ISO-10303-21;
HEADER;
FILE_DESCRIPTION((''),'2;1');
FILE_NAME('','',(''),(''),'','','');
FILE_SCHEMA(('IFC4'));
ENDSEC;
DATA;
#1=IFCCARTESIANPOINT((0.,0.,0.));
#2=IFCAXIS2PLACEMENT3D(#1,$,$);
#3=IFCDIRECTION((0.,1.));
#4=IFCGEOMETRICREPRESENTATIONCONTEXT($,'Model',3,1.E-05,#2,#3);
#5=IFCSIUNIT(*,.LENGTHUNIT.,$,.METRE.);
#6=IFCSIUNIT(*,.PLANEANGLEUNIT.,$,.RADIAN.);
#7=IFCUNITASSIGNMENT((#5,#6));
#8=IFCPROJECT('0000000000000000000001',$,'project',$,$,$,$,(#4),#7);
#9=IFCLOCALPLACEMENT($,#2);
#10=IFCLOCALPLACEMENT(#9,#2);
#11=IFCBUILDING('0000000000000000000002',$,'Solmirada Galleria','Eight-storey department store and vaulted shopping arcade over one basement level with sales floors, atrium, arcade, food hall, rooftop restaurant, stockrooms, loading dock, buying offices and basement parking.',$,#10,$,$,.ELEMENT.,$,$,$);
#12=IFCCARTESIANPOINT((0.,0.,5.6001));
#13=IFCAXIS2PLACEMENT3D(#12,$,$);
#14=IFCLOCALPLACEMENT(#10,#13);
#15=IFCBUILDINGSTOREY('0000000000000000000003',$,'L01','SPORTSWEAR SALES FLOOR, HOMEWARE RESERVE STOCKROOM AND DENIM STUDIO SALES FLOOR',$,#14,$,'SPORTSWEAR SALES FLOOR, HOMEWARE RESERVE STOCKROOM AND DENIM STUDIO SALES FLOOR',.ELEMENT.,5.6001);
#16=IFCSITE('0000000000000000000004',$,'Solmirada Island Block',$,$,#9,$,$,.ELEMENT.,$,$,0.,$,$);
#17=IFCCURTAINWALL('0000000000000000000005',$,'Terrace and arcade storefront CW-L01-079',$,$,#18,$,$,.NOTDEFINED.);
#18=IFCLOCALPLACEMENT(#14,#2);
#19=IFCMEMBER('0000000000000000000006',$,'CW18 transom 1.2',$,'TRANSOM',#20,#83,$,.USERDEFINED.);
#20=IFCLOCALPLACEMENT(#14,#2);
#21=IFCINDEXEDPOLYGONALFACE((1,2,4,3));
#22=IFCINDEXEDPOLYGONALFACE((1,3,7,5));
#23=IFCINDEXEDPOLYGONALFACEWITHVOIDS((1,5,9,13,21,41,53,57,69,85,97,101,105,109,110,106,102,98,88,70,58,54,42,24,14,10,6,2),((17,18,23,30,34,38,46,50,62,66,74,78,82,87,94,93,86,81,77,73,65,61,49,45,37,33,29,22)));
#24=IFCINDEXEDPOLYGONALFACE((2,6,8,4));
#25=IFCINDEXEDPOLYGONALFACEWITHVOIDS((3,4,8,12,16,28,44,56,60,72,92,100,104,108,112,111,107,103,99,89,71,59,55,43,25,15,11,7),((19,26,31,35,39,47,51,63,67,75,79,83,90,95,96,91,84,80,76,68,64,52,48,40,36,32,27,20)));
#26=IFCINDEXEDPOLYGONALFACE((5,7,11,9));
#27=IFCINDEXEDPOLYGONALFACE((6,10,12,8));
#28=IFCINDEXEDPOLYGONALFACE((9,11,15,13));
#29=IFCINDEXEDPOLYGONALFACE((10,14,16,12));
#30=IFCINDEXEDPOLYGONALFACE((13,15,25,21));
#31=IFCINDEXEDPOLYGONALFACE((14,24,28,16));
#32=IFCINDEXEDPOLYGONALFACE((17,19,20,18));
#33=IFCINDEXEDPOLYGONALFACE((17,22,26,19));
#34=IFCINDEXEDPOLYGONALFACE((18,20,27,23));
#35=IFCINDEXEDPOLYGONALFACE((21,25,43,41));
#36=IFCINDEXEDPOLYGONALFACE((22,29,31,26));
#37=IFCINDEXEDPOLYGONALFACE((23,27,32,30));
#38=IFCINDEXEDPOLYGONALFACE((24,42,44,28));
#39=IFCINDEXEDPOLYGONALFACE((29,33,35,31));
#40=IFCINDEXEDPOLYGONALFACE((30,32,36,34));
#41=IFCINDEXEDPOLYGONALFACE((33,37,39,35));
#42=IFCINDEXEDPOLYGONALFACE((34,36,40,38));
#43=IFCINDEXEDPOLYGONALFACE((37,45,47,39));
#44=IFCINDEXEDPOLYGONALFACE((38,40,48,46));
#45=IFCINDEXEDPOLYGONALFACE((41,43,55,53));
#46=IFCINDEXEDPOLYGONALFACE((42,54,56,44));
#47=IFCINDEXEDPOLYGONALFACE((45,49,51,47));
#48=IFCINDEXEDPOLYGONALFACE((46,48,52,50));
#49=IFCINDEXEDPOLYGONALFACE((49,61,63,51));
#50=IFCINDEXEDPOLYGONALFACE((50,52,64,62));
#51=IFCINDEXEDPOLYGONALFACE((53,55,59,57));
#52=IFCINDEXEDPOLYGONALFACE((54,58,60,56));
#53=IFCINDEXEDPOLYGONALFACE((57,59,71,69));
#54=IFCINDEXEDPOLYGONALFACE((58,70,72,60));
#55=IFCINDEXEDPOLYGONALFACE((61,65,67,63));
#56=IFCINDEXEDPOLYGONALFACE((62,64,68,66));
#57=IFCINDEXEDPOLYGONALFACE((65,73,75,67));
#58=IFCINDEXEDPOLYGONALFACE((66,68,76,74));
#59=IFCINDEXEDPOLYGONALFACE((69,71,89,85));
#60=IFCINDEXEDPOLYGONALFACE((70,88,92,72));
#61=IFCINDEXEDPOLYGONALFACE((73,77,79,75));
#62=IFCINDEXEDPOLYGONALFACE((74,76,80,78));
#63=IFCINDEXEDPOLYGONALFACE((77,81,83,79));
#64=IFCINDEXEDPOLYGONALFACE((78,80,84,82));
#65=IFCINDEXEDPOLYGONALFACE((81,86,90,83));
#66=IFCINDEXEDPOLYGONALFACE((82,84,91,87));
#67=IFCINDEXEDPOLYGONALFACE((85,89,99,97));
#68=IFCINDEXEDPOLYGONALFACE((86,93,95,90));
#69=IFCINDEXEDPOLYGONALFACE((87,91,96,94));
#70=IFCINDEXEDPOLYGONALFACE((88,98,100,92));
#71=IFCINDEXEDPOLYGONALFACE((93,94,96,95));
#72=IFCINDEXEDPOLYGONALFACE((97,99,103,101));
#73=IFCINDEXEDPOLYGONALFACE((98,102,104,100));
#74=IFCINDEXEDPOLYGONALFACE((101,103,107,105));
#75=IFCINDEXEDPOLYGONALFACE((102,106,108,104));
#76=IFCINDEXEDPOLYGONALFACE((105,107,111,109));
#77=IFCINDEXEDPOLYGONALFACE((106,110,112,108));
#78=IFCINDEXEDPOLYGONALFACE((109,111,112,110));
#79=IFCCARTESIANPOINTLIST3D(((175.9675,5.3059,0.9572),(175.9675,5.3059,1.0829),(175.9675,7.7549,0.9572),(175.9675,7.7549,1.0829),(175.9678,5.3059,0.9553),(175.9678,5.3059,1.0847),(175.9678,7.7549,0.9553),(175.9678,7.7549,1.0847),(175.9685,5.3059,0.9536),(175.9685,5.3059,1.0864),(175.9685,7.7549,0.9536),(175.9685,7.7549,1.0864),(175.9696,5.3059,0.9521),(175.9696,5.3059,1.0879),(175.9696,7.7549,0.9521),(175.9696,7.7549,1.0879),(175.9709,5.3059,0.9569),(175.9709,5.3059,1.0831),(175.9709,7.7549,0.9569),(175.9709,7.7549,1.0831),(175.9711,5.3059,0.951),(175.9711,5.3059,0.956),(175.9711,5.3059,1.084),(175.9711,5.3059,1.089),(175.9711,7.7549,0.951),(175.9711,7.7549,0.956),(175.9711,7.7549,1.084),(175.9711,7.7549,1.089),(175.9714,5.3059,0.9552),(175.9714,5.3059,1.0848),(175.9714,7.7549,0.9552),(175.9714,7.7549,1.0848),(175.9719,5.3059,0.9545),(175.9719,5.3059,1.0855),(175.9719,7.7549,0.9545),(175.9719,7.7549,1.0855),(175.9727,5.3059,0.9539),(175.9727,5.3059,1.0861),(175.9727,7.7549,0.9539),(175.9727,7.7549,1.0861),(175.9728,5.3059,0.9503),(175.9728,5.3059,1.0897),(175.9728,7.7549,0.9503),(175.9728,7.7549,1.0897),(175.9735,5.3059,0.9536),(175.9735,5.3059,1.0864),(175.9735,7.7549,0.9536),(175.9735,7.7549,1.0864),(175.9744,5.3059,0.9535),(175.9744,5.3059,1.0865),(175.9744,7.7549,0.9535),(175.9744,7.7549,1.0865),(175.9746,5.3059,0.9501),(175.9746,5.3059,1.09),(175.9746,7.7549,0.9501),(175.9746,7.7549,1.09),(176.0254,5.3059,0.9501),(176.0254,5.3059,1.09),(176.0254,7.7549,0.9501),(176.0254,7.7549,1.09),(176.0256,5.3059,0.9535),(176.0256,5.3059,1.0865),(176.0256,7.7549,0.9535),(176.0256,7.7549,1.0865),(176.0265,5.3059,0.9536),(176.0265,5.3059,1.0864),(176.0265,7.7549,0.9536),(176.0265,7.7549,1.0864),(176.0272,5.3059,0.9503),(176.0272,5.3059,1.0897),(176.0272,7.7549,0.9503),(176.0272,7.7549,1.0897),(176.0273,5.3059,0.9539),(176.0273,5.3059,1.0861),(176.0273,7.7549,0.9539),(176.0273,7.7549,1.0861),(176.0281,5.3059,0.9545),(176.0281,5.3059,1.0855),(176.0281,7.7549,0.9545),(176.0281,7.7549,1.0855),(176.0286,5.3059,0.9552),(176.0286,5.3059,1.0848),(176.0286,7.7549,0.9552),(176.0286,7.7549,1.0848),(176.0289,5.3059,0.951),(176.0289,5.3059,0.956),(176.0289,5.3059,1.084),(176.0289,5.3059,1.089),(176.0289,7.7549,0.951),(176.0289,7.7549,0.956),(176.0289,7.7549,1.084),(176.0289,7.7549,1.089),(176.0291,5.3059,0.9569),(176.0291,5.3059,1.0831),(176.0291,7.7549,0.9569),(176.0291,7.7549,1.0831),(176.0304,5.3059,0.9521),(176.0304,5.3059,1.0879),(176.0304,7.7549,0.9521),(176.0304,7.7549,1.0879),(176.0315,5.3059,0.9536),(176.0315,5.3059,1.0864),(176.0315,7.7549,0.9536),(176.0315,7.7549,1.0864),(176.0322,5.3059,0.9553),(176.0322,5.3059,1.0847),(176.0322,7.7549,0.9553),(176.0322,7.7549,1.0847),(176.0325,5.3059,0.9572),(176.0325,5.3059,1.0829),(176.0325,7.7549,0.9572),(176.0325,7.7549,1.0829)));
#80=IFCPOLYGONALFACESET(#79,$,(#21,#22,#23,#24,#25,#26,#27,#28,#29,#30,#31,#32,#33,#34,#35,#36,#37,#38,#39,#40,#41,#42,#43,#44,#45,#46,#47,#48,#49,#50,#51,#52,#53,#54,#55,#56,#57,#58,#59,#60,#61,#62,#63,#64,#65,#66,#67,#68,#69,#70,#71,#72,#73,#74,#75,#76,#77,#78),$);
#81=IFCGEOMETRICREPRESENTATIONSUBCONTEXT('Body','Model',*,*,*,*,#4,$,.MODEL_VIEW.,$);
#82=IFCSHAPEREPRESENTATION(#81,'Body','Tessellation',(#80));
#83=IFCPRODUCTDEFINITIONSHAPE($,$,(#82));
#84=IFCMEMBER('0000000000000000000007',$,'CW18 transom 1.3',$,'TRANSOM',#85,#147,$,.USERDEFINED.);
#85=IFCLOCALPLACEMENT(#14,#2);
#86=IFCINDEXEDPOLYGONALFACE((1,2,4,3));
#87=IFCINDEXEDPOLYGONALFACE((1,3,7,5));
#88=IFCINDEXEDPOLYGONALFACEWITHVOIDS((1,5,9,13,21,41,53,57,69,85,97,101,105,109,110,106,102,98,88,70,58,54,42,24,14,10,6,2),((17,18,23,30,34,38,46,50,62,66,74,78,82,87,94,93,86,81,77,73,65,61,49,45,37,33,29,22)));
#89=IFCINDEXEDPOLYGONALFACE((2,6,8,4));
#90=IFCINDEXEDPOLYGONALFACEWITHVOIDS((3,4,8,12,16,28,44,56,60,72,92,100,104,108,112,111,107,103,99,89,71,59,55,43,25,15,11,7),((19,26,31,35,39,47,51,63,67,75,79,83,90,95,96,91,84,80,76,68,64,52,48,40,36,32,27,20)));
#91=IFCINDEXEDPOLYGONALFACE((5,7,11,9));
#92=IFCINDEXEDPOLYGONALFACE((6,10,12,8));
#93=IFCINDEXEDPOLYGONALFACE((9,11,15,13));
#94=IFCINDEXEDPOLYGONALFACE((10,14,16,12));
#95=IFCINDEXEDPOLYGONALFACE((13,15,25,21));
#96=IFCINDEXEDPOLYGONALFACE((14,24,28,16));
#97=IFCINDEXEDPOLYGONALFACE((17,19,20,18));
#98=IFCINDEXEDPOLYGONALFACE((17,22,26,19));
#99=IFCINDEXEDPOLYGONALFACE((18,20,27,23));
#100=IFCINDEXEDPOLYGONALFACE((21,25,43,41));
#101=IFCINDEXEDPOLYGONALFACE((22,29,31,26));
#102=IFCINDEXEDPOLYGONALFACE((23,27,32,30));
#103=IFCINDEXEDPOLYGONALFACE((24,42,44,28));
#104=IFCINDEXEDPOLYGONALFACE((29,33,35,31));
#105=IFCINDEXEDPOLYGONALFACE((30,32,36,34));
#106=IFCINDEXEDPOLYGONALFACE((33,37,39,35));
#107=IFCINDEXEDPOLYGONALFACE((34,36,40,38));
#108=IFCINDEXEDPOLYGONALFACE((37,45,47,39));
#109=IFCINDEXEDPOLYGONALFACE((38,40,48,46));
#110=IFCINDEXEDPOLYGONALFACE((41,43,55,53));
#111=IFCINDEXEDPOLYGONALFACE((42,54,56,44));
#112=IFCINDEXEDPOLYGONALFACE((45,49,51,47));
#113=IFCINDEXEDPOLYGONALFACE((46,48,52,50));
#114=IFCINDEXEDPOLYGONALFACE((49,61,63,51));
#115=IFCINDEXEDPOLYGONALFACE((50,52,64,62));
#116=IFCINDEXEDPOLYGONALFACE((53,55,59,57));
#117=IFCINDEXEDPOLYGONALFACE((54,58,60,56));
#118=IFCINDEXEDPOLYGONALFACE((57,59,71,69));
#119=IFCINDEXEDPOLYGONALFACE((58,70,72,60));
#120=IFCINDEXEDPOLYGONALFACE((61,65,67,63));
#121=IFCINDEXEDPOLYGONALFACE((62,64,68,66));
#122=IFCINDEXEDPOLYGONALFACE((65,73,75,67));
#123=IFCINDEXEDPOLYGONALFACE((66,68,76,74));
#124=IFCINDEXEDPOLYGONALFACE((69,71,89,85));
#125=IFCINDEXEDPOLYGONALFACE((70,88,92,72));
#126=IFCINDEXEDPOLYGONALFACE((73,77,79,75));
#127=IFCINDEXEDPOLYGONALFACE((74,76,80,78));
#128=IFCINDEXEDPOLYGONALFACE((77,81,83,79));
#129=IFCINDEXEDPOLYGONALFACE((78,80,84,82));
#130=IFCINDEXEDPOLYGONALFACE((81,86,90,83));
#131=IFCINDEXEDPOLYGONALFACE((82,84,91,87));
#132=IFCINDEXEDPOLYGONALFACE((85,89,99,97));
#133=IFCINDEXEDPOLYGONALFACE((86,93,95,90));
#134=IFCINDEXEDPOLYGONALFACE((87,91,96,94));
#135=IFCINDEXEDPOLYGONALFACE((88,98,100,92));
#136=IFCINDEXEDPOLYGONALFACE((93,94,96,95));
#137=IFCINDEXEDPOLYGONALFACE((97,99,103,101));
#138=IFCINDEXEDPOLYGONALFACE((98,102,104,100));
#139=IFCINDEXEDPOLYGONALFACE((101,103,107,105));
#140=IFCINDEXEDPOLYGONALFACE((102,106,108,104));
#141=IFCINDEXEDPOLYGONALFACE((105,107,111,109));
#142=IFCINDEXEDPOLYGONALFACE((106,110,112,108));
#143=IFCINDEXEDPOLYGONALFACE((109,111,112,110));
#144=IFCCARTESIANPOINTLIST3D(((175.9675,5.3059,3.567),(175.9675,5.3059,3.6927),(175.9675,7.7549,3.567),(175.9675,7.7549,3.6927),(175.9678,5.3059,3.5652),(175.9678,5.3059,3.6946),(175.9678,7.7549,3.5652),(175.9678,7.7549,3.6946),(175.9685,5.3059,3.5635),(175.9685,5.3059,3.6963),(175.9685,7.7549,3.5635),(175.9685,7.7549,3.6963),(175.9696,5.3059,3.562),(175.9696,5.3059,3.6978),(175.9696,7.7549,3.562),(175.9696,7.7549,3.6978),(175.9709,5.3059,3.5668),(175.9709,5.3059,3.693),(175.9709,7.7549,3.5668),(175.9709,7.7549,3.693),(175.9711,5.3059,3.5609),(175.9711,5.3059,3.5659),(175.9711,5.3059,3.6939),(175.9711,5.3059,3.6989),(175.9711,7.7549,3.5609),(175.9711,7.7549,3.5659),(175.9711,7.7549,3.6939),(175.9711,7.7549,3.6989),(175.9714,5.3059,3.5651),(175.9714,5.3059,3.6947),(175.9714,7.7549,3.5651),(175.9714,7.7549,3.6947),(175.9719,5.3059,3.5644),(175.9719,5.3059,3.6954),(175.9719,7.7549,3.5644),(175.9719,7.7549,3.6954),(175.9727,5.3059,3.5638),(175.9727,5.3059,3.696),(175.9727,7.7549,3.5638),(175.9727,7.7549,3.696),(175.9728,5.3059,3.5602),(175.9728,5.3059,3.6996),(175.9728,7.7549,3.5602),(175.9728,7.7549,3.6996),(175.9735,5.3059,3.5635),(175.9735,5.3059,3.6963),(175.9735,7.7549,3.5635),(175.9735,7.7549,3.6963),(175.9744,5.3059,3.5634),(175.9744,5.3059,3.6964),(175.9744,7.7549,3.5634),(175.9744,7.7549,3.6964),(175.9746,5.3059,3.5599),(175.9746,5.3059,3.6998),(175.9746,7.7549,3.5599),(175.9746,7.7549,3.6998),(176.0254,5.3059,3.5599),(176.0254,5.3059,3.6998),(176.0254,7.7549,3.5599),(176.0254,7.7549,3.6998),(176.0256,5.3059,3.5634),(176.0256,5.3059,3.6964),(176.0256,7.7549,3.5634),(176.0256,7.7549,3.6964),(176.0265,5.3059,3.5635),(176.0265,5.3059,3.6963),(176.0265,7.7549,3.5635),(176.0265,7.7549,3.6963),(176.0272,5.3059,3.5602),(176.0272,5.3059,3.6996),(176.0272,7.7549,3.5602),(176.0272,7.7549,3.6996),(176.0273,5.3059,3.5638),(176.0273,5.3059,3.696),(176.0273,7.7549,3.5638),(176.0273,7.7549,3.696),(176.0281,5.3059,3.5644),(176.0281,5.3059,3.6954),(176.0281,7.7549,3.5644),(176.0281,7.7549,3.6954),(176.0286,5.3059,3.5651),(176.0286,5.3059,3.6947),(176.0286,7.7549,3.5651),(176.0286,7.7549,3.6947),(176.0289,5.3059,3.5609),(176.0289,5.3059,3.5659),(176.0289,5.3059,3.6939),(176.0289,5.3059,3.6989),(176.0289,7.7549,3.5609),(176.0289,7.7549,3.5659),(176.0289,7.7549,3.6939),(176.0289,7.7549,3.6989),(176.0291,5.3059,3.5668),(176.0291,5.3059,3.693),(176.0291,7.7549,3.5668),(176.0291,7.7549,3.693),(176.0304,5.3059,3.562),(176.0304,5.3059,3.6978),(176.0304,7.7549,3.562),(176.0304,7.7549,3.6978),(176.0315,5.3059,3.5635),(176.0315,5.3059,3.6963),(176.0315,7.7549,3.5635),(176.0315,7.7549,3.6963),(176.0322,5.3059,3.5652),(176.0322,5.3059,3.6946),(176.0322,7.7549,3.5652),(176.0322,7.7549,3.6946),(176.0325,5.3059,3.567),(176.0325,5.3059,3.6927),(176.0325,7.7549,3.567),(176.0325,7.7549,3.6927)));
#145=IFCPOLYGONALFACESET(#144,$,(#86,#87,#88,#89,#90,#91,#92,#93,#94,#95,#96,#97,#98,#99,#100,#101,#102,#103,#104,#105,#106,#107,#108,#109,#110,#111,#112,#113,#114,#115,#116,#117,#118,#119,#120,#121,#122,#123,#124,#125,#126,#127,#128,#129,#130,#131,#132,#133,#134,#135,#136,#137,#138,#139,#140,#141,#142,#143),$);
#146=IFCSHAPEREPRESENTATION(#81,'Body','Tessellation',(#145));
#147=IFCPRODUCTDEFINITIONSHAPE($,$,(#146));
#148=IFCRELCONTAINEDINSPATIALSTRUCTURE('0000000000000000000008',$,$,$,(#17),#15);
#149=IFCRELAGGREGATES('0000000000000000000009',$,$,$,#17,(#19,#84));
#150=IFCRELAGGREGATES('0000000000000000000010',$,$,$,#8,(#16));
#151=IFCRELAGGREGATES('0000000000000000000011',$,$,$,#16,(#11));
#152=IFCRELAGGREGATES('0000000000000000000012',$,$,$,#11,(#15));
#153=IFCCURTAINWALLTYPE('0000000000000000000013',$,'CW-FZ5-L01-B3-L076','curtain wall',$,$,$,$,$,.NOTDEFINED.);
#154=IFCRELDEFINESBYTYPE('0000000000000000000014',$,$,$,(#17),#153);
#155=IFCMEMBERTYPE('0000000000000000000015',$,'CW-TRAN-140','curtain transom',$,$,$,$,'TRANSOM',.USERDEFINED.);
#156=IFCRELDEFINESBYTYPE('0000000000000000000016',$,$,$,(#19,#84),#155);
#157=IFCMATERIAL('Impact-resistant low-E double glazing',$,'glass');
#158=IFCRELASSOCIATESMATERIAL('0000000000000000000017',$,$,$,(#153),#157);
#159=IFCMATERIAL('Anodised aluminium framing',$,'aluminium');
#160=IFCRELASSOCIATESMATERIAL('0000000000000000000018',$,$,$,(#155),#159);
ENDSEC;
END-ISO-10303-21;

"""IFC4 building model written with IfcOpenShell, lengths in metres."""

from ifc_helpers import new_model, si_unit, direction, frame, origin, origin_2d, place, context, subcontext, project, spatial, hollow_rectangle, extrude, material, material_profile, profile_set, type_object, element, aggregate, save


model = new_model("IFC4")

# Units and contexts
model_context = context("Model", 3, precision=1e-05, world=origin(), true_north=direction((0.0, 1.0)))
body_context = subcontext(model_context, "Body", "Model", "MODEL_VIEW")
ifc_project = project(units=[si_unit("LENGTHUNIT", "METRE"), si_unit("PLANEANGLEUNIT", "RADIAN")], contexts=[model_context])

# Site, building, storey
site_placement = place(None, origin())
site = spatial("IfcSite", under=ifc_project, at=site_placement, Name="Solmirada Island Block", CompositionType="ELEMENT", RefElevation=0.0)
building_placement = place(site_placement, origin())
building = spatial("IfcBuilding", under=site, at=building_placement, Name="Solmirada Galleria", Description="Eight-storey department store and vaulted shopping arcade over one basement level with sales floors, atrium, arcade, food hall, rooftop restaurant, stockrooms, loading dock, buying offices and basement parking.", CompositionType="ELEMENT")
storey_placement = place(building_placement, frame((0.0, 0.0, 5.6001)))
storey = spatial("IfcBuildingStorey", under=building, at=storey_placement, Name="L01", Description="SPORTSWEAR SALES FLOOR, HOMEWARE RESERVE STOCKROOM AND DENIM STUDIO SALES FLOOR", LongName="SPORTSWEAR SALES FLOOR, HOMEWARE RESERVE STOCKROOM AND DENIM STUDIO SALES FLOOR", CompositionType="ELEMENT", Elevation=5.6001)

# Curtain wall
ifc_material_1 = material(Name="Impact-resistant low-E double glazing", Category="glass")
curtain_wall_type = type_object("IfcCurtainWallType", Name="CW-FZ5-L01-B3-L076", Description="curtain wall", PredefinedType="NOTDEFINED", material=ifc_material_1)
ifc_material_2 = material(Name="Anodised aluminium framing", Category="aluminium")
curtain_wall_1_placement = place(storey_placement, origin())
curtain_wall_1 = element("IfcCurtainWall", 1, at=curtain_wall_1_placement, inside=storey, type_object=curtain_wall_type, Name="Terrace and arcade storefront CW-L01-079", PredefinedType="NOTDEFINED")

# Members
ifc_material_profile_1 = material_profile(ifc_material_2, hollow_rectangle(XDim=0.0649, YDim=0.1399, WallThickness=0.0034, InnerFilletRadius=0.0034, OuterFilletRadius=0.0071, at=origin_2d()), Name="ALU-TRAN-140X65")
ifc_profile_set_1 = profile_set([ifc_material_profile_1], Name="Anodised aluminium framing")
member_type_1 = type_object("IfcMemberType", Name="CW-TRAN-140", Description="curtain transom", ElementType="TRANSOM", PredefinedType="USERDEFINED", material=ifc_profile_set_1)
member_1_placement = place(storey_placement, frame((176.0, 7.7549, 1.02), z_axis=(0.0, -1.0, 0.0), x_axis=(1.0, 0.0, 0.0)))
member_1 = element("IfcMember", 2, at=member_1_placement, type_object=member_type_1, Name="CW18 transom 1.2", ObjectType="TRANSOM", PredefinedType="USERDEFINED", context=body_context, shape_type="SweptSolid", body=[
    extrude(hollow_rectangle(XDim=0.0649, YDim=0.1399, WallThickness=0.0034, InnerFilletRadius=0.0034, OuterFilletRadius=0.0071, at=origin_2d()), origin(), (0.0, 0.0, 1.0), 2.449),
])
member_2_placement = place(storey_placement, frame((176.0, 7.7549, 3.6299), z_axis=(0.0, -1.0, 0.0), x_axis=(1.0, 0.0, 0.0)))
member_2 = element("IfcMember", 3, at=member_2_placement, type_object=member_type_1, Name="CW18 transom 1.3", ObjectType="TRANSOM", PredefinedType="USERDEFINED", context=body_context, shape_type="SweptSolid", body=[
    extrude(hollow_rectangle(XDim=0.0649, YDim=0.1399, WallThickness=0.0034, InnerFilletRadius=0.0034, OuterFilletRadius=0.0071, at=origin_2d()), origin(), (0.0, 0.0, 1.0), 2.449),
])

aggregate(curtain_wall_1, [member_1, member_2])

save(model, "model.ifc")
